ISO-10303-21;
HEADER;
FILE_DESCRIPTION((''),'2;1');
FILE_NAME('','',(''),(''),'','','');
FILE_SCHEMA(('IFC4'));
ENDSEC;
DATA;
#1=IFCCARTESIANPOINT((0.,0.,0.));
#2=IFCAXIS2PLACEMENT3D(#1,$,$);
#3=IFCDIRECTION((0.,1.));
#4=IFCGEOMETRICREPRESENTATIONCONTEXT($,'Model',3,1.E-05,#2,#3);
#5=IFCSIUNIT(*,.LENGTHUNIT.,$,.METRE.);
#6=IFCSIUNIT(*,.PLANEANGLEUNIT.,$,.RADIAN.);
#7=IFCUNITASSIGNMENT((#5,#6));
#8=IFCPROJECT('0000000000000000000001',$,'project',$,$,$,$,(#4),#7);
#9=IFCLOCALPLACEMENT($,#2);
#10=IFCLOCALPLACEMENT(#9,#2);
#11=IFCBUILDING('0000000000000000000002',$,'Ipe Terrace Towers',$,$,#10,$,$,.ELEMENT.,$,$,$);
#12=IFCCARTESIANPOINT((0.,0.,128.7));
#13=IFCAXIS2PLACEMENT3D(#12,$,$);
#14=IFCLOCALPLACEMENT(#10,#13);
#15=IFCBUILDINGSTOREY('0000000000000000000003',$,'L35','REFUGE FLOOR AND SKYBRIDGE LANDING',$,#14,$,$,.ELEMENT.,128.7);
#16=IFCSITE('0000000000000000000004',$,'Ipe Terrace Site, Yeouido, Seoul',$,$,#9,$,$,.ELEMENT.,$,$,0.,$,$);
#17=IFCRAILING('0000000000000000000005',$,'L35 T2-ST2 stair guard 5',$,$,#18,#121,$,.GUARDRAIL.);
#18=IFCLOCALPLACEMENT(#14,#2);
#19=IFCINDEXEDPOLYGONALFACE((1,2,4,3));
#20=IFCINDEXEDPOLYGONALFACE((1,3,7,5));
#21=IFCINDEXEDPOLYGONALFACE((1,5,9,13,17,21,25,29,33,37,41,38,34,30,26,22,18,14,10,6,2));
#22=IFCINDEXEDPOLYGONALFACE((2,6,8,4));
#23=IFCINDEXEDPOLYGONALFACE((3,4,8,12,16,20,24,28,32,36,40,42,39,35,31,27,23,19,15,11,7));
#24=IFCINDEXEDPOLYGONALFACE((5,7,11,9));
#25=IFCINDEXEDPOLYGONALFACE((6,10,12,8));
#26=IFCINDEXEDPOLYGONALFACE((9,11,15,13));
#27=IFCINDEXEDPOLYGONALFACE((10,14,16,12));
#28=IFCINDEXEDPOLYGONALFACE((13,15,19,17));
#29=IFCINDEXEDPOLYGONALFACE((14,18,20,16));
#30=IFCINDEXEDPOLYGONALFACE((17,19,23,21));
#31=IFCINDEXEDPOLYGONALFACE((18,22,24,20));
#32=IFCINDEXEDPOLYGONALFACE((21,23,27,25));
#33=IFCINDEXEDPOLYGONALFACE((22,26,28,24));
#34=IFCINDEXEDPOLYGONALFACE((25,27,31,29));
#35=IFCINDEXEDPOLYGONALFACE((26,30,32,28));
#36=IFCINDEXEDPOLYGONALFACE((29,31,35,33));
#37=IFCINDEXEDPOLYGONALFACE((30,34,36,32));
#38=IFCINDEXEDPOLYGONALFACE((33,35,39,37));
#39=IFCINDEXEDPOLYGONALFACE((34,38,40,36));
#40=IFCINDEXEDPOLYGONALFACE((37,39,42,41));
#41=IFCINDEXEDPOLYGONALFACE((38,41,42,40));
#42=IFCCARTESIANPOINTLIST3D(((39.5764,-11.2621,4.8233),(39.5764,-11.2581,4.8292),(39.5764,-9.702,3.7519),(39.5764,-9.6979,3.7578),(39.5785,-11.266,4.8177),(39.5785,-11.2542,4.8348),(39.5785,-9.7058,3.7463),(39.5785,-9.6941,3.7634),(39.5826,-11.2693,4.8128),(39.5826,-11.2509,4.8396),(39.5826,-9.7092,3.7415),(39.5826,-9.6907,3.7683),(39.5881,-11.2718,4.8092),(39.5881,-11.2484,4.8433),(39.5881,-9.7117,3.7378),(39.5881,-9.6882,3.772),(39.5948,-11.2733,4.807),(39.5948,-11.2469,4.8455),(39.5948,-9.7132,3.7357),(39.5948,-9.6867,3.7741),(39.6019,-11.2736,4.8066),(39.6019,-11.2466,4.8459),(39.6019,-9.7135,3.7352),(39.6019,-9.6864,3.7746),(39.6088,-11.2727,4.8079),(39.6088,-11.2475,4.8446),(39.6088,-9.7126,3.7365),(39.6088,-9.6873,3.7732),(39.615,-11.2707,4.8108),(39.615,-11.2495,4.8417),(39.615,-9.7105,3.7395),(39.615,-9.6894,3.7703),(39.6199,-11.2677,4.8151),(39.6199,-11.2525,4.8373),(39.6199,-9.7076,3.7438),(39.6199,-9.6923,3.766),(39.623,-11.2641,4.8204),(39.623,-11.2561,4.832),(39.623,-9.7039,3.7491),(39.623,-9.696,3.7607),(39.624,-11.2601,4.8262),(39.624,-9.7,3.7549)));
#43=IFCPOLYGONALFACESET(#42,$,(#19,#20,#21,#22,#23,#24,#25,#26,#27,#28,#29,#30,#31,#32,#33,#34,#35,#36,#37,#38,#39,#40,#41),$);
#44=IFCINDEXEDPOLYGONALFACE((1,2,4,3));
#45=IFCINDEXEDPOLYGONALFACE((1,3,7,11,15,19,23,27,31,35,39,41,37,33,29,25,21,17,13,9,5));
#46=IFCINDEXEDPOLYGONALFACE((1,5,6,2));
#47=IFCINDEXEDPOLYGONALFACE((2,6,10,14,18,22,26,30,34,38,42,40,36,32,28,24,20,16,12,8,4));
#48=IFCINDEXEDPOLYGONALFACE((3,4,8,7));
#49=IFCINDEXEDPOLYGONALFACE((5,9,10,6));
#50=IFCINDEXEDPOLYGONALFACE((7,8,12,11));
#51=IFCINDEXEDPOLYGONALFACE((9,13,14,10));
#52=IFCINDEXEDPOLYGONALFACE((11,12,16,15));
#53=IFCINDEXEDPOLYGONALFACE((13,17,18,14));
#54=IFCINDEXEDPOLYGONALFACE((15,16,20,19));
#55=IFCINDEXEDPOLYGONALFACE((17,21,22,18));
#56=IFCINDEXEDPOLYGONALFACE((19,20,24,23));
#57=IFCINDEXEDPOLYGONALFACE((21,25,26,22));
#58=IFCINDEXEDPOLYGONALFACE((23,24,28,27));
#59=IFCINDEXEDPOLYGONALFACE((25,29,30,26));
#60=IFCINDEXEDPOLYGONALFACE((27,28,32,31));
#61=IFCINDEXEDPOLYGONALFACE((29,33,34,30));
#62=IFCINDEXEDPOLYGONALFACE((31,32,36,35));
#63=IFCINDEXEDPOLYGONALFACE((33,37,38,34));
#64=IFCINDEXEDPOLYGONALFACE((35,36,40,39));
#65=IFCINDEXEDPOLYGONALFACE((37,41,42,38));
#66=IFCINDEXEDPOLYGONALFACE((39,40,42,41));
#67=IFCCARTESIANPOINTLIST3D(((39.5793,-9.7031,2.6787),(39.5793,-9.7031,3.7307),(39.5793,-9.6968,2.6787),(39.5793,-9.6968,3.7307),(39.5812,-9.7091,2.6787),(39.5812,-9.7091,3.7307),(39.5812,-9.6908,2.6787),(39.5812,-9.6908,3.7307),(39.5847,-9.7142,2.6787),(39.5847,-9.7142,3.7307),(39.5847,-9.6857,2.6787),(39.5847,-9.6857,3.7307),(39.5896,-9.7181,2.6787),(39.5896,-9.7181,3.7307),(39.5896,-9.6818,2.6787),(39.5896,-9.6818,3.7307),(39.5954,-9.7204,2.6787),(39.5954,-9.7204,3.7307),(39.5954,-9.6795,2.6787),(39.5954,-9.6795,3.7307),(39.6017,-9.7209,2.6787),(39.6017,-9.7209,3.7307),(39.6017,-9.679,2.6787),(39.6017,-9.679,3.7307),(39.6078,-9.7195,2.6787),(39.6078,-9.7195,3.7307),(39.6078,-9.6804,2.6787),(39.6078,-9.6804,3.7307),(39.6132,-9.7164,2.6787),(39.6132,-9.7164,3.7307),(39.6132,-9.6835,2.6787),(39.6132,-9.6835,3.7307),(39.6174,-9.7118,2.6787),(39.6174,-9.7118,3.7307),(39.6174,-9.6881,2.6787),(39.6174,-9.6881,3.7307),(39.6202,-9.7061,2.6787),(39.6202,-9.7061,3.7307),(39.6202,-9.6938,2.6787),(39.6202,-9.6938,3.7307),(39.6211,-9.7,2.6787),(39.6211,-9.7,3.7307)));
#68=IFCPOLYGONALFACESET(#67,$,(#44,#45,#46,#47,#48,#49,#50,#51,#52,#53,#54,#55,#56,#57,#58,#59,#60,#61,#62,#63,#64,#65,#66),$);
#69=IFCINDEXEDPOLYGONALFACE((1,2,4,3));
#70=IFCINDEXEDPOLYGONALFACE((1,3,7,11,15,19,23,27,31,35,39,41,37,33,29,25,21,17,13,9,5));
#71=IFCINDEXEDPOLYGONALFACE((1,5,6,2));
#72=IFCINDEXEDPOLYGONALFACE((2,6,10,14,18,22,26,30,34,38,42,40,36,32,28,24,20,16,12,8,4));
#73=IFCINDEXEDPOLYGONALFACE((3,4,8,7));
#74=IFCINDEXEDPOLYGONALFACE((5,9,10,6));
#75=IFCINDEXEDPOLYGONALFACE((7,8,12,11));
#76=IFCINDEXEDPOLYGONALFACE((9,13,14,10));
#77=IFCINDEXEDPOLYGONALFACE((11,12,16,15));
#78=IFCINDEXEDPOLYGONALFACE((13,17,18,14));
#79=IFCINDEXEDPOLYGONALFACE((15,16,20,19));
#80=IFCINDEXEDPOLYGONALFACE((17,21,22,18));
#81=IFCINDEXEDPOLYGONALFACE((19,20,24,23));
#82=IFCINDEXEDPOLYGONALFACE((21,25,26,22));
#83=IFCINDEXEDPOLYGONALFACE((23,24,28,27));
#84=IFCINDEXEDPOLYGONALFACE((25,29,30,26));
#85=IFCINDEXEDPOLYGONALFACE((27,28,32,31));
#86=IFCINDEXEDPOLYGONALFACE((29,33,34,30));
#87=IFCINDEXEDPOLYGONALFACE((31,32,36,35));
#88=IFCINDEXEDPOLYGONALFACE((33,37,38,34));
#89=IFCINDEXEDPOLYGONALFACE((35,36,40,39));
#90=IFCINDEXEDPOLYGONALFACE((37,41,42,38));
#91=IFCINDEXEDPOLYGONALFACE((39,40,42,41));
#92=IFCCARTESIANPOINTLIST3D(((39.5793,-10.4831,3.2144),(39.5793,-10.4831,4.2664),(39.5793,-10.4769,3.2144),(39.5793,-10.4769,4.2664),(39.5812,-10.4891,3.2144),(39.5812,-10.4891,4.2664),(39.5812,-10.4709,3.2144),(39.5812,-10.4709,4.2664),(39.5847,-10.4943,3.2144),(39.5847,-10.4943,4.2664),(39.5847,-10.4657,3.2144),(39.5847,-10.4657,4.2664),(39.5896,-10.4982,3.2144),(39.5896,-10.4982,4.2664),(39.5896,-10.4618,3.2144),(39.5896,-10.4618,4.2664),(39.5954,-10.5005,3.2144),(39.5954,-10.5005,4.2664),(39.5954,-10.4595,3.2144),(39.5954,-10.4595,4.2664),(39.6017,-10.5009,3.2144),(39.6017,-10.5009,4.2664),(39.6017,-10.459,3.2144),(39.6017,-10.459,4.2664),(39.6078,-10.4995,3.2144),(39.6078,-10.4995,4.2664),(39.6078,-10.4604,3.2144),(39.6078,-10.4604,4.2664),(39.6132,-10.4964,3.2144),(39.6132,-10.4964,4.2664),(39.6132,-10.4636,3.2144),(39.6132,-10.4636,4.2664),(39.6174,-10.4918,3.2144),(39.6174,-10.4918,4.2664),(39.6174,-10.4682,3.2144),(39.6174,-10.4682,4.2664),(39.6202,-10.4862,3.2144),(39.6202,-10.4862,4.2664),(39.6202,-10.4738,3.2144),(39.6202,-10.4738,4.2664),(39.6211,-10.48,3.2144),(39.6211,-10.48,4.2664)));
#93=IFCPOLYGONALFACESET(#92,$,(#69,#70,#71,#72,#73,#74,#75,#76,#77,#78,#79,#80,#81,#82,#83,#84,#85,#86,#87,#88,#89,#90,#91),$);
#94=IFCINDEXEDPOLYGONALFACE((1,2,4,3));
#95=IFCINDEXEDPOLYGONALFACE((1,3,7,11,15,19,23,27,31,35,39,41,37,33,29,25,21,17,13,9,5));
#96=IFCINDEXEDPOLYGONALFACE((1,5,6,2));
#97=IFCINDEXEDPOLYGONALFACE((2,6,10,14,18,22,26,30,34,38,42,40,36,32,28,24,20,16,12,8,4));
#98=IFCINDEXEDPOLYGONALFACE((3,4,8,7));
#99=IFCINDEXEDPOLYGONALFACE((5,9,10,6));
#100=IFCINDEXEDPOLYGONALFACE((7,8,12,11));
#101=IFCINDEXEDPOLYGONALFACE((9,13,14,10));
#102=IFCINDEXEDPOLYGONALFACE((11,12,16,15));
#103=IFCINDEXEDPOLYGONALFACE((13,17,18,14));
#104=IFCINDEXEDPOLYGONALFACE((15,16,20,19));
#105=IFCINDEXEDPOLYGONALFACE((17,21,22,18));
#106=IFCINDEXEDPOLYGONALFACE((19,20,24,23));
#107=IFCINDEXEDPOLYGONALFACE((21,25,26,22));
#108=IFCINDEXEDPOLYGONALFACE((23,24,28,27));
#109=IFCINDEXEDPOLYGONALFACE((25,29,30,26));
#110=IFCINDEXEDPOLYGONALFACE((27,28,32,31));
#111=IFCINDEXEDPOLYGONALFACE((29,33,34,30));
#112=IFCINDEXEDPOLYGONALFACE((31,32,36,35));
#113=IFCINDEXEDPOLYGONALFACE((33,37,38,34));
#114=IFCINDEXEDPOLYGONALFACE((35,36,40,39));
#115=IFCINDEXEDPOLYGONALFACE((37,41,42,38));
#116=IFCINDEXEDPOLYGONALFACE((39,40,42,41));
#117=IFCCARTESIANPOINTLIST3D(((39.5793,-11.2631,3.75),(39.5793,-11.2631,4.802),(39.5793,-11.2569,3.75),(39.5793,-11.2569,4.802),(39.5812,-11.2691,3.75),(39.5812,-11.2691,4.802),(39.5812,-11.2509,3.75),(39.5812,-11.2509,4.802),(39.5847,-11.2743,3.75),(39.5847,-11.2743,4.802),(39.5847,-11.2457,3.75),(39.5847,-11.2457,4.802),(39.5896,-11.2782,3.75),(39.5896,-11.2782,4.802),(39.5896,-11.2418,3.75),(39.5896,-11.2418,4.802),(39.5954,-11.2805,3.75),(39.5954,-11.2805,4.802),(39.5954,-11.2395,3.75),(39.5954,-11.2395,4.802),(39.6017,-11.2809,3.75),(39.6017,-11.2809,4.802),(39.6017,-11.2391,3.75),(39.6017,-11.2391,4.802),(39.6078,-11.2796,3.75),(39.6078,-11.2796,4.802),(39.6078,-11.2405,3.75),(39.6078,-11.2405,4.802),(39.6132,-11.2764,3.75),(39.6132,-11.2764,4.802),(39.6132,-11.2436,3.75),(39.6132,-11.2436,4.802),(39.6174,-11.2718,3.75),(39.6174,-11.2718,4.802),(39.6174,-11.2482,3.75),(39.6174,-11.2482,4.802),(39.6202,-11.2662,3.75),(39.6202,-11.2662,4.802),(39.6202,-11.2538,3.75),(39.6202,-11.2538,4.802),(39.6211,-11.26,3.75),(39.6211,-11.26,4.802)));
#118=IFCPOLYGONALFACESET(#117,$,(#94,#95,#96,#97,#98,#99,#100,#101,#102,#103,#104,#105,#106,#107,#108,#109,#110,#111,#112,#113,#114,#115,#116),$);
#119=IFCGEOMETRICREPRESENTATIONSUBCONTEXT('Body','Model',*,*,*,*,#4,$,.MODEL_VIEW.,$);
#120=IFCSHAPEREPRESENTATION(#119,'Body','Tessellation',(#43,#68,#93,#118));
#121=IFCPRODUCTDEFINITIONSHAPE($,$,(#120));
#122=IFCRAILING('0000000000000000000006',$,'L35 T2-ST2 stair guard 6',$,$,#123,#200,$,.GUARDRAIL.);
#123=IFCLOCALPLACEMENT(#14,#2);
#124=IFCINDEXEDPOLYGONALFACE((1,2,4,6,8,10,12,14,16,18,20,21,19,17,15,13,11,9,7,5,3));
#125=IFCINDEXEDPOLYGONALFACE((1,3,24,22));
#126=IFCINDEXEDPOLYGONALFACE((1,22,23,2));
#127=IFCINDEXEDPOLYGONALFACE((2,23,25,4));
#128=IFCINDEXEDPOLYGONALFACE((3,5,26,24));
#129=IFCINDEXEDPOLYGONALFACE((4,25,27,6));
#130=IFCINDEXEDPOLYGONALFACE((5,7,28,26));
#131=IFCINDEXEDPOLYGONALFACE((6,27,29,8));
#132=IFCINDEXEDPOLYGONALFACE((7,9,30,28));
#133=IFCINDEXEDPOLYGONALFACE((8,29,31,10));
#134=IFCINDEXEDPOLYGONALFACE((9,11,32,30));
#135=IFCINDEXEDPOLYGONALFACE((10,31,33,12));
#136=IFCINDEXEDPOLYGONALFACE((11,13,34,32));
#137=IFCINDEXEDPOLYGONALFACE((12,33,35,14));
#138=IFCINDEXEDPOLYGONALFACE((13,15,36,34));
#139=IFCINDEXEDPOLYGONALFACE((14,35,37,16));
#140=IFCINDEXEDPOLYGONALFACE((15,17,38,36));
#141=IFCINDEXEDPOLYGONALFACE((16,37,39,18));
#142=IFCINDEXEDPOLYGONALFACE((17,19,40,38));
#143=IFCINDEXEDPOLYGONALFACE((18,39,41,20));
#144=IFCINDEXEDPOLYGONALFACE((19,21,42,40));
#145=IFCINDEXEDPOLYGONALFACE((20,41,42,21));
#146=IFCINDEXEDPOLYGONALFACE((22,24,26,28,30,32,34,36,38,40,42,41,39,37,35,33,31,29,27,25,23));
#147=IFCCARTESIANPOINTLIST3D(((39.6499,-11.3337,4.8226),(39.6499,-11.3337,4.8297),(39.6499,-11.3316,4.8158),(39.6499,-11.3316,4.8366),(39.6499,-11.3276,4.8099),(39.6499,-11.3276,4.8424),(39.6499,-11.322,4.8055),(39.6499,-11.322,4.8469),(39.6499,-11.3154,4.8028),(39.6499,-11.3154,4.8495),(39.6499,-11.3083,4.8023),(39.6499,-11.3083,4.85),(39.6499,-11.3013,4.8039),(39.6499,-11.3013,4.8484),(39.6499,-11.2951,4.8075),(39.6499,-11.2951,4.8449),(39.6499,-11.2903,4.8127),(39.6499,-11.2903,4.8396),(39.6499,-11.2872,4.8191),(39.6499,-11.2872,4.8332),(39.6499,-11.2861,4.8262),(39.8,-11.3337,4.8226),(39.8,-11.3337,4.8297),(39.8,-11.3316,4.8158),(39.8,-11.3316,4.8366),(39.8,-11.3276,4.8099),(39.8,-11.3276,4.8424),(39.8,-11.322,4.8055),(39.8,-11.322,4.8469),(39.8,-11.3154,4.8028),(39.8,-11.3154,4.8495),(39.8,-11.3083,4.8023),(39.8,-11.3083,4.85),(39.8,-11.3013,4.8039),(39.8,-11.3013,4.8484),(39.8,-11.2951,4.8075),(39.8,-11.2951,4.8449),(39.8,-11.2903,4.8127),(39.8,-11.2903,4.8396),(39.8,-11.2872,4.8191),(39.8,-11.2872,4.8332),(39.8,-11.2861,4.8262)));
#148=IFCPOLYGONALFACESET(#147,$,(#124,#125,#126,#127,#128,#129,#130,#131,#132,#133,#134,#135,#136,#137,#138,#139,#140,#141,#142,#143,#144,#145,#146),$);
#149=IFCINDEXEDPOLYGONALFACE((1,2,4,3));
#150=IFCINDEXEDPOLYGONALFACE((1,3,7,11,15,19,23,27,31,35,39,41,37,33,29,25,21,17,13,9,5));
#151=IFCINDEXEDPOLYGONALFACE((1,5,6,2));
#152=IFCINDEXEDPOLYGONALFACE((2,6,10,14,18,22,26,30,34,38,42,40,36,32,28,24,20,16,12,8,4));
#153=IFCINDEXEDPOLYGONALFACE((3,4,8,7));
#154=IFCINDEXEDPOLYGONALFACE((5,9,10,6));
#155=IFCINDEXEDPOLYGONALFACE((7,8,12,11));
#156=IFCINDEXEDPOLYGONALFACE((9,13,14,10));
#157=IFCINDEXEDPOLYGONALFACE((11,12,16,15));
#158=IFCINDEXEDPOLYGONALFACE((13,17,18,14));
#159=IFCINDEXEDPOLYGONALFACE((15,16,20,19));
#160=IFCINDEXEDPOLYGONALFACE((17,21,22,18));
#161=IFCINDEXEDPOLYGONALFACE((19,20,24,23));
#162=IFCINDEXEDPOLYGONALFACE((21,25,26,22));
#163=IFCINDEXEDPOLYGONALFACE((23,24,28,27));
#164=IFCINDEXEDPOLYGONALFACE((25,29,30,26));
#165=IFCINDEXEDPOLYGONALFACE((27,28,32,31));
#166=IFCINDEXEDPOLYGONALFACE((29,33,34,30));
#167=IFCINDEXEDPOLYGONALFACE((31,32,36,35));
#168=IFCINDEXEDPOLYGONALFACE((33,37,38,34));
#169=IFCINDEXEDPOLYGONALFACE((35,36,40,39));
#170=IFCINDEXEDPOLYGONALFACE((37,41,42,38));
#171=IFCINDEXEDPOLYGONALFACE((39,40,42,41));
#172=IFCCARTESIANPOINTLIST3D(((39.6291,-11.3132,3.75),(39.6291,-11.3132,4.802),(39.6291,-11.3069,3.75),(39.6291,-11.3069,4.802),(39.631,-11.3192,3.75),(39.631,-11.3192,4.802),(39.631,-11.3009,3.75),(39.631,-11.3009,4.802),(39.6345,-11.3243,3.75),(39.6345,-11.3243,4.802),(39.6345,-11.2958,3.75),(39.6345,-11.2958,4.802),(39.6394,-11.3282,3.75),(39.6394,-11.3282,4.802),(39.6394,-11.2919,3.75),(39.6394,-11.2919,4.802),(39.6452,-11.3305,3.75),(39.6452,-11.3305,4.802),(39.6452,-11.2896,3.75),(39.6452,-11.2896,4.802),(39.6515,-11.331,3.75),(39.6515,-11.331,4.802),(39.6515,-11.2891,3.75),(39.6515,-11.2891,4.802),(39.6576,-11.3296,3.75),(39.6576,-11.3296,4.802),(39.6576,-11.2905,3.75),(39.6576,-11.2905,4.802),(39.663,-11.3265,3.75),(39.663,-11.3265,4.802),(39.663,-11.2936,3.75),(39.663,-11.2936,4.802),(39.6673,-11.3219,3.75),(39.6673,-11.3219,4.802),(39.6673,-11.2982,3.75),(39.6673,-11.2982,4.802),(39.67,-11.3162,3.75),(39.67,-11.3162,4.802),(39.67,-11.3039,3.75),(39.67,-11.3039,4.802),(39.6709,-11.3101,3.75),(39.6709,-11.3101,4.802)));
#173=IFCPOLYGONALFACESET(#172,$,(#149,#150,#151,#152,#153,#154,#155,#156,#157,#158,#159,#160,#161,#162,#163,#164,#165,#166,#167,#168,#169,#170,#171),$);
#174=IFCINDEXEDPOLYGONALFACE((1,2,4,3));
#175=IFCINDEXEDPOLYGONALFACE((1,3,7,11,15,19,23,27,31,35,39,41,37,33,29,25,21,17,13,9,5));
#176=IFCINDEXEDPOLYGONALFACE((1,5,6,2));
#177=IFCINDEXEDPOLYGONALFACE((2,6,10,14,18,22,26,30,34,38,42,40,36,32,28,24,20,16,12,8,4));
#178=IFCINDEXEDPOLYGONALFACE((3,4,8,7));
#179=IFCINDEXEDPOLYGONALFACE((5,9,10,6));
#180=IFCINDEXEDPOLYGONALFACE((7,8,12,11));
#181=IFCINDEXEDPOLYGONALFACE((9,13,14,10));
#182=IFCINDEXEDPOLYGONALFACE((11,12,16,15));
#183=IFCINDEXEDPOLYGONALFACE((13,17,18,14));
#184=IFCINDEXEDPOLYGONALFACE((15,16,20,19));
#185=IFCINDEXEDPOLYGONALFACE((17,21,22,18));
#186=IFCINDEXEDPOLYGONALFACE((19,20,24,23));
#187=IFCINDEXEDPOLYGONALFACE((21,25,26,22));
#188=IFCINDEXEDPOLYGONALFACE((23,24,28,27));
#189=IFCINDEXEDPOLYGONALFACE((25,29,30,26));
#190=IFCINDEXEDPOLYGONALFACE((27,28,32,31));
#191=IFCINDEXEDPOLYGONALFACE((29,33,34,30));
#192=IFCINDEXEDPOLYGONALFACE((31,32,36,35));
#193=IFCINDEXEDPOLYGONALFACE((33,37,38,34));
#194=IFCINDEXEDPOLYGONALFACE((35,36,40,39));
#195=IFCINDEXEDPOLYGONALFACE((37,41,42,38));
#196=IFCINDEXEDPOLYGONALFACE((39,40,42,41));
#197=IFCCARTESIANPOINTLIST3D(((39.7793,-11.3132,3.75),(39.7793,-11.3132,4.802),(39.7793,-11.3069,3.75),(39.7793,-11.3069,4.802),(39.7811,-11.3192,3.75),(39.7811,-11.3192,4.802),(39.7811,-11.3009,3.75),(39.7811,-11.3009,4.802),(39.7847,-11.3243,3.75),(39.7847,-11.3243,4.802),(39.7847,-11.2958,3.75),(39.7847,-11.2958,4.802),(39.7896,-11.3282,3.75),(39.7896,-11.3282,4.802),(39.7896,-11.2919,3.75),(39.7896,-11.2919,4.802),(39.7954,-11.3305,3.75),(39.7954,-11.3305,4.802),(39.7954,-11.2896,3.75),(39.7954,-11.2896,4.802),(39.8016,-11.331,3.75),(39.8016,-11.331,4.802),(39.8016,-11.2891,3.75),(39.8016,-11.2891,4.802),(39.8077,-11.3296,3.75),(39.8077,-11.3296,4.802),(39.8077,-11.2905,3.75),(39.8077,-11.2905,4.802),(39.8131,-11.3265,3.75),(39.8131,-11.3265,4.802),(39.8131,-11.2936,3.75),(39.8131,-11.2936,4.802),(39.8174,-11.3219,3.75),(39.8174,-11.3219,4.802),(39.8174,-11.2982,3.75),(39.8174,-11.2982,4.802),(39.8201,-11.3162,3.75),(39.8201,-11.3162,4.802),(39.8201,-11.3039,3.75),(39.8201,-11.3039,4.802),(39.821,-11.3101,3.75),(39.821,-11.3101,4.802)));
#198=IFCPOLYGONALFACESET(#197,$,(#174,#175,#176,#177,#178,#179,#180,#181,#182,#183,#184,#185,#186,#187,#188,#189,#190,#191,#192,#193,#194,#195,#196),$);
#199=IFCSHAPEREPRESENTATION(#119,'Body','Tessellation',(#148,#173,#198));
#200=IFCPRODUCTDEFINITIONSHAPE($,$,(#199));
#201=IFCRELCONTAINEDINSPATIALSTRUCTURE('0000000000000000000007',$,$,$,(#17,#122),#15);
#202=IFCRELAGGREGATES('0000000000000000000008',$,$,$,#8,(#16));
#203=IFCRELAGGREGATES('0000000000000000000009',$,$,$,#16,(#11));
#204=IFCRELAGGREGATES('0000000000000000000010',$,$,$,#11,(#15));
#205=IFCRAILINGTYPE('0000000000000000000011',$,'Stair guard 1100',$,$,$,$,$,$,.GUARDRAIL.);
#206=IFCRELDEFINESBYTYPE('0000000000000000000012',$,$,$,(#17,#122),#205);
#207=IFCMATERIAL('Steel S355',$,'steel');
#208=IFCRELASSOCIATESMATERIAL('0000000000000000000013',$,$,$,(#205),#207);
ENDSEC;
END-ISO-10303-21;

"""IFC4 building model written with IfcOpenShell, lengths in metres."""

from ifc_helpers import new_model, si_unit, direction, frame, origin, origin_2d, place, context, subcontext, project, spatial, circle, extrude, material, type_object, element, save


model = new_model("IFC4")

# Units and contexts
model_context = context("Model", 3, precision=1e-05, world=origin(), true_north=direction((0.0, 1.0)))
body_context = subcontext(model_context, "Body", "Model", "MODEL_VIEW")
ifc_project = project(units=[si_unit("LENGTHUNIT", "METRE"), si_unit("PLANEANGLEUNIT", "RADIAN")], contexts=[model_context])

# Site, building, storey
site_placement = place(None, origin())
site = spatial("IfcSite", under=ifc_project, at=site_placement, Name="Ipe Terrace Site, Yeouido, Seoul", CompositionType="ELEMENT", RefElevation=0.0)
building_placement = place(site_placement, origin())
building = spatial("IfcBuilding", under=site, at=building_placement, Name="Ipe Terrace Towers", CompositionType="ELEMENT")
storey_placement = place(building_placement, frame((0.0, 0.0, 128.7)))
storey = spatial("IfcBuildingStorey", under=building, at=storey_placement, Name="L35", Description="REFUGE FLOOR AND SKYBRIDGE LANDING", CompositionType="ELEMENT", Elevation=128.7)

# Railings
ifc_material_1 = material(Name="Steel S355", Category="steel")
railing_type_1 = type_object("IfcRailingType", Name="Stair guard 1100", PredefinedType="GUARDRAIL", material=ifc_material_1)
railing_1_placement = place(storey_placement, frame((39.6001, -9.7, 2.6787)))
element("IfcRailing", 1, at=railing_1_placement, inside=storey, type_object=railing_type_1, Name="L35 T2-ST2 stair guard 5", PredefinedType="GUARDRAIL", context=body_context, shape_type="SweptSolid", body=[
    extrude(circle(Radius=0.0239, at=origin_2d()), frame((0.0, 0.0, 1.0762), z_axis=(0.0, -0.82435, 0.56608), x_axis=(1.0, 0.0, 0.0)), (0.0, 0.0, 1.0), 1.8926),
    extrude(circle(Radius=0.021, at=origin_2d()), origin(), (0.0, 0.0, 1.0), 1.052),
    extrude(circle(Radius=0.021, at=origin_2d()), frame((0.0, -0.78, 0.5356)), (0.0, 0.0, 1.0), 1.052),
    extrude(circle(Radius=0.021, at=origin_2d()), frame((0.0, -1.5601, 1.0713)), (0.0, 0.0, 1.0), 1.052),
])
railing_2_placement = place(storey_placement, frame((39.6499, -11.3101, 3.75)))
element("IfcRailing", 2, at=railing_2_placement, inside=storey, type_object=railing_type_1, Name="L35 T2-ST2 stair guard 6", PredefinedType="GUARDRAIL", context=body_context, shape_type="SweptSolid", body=[
    extrude(circle(Radius=0.0239, at=origin_2d()), frame((0.0, 0.0, 1.0762), z_axis=(1.0, 0.0, 0.0), x_axis=(0.0, 1.0, 0.0)), (0.0, 0.0, 1.0), 0.1501),
    extrude(circle(Radius=0.021, at=origin_2d()), origin(), (0.0, 0.0, 1.0), 1.052),
    extrude(circle(Radius=0.021, at=origin_2d()), frame((0.1501, 0.0, 0.0)), (0.0, 0.0, 1.0), 1.052),
])

save(model, "model.ifc")
